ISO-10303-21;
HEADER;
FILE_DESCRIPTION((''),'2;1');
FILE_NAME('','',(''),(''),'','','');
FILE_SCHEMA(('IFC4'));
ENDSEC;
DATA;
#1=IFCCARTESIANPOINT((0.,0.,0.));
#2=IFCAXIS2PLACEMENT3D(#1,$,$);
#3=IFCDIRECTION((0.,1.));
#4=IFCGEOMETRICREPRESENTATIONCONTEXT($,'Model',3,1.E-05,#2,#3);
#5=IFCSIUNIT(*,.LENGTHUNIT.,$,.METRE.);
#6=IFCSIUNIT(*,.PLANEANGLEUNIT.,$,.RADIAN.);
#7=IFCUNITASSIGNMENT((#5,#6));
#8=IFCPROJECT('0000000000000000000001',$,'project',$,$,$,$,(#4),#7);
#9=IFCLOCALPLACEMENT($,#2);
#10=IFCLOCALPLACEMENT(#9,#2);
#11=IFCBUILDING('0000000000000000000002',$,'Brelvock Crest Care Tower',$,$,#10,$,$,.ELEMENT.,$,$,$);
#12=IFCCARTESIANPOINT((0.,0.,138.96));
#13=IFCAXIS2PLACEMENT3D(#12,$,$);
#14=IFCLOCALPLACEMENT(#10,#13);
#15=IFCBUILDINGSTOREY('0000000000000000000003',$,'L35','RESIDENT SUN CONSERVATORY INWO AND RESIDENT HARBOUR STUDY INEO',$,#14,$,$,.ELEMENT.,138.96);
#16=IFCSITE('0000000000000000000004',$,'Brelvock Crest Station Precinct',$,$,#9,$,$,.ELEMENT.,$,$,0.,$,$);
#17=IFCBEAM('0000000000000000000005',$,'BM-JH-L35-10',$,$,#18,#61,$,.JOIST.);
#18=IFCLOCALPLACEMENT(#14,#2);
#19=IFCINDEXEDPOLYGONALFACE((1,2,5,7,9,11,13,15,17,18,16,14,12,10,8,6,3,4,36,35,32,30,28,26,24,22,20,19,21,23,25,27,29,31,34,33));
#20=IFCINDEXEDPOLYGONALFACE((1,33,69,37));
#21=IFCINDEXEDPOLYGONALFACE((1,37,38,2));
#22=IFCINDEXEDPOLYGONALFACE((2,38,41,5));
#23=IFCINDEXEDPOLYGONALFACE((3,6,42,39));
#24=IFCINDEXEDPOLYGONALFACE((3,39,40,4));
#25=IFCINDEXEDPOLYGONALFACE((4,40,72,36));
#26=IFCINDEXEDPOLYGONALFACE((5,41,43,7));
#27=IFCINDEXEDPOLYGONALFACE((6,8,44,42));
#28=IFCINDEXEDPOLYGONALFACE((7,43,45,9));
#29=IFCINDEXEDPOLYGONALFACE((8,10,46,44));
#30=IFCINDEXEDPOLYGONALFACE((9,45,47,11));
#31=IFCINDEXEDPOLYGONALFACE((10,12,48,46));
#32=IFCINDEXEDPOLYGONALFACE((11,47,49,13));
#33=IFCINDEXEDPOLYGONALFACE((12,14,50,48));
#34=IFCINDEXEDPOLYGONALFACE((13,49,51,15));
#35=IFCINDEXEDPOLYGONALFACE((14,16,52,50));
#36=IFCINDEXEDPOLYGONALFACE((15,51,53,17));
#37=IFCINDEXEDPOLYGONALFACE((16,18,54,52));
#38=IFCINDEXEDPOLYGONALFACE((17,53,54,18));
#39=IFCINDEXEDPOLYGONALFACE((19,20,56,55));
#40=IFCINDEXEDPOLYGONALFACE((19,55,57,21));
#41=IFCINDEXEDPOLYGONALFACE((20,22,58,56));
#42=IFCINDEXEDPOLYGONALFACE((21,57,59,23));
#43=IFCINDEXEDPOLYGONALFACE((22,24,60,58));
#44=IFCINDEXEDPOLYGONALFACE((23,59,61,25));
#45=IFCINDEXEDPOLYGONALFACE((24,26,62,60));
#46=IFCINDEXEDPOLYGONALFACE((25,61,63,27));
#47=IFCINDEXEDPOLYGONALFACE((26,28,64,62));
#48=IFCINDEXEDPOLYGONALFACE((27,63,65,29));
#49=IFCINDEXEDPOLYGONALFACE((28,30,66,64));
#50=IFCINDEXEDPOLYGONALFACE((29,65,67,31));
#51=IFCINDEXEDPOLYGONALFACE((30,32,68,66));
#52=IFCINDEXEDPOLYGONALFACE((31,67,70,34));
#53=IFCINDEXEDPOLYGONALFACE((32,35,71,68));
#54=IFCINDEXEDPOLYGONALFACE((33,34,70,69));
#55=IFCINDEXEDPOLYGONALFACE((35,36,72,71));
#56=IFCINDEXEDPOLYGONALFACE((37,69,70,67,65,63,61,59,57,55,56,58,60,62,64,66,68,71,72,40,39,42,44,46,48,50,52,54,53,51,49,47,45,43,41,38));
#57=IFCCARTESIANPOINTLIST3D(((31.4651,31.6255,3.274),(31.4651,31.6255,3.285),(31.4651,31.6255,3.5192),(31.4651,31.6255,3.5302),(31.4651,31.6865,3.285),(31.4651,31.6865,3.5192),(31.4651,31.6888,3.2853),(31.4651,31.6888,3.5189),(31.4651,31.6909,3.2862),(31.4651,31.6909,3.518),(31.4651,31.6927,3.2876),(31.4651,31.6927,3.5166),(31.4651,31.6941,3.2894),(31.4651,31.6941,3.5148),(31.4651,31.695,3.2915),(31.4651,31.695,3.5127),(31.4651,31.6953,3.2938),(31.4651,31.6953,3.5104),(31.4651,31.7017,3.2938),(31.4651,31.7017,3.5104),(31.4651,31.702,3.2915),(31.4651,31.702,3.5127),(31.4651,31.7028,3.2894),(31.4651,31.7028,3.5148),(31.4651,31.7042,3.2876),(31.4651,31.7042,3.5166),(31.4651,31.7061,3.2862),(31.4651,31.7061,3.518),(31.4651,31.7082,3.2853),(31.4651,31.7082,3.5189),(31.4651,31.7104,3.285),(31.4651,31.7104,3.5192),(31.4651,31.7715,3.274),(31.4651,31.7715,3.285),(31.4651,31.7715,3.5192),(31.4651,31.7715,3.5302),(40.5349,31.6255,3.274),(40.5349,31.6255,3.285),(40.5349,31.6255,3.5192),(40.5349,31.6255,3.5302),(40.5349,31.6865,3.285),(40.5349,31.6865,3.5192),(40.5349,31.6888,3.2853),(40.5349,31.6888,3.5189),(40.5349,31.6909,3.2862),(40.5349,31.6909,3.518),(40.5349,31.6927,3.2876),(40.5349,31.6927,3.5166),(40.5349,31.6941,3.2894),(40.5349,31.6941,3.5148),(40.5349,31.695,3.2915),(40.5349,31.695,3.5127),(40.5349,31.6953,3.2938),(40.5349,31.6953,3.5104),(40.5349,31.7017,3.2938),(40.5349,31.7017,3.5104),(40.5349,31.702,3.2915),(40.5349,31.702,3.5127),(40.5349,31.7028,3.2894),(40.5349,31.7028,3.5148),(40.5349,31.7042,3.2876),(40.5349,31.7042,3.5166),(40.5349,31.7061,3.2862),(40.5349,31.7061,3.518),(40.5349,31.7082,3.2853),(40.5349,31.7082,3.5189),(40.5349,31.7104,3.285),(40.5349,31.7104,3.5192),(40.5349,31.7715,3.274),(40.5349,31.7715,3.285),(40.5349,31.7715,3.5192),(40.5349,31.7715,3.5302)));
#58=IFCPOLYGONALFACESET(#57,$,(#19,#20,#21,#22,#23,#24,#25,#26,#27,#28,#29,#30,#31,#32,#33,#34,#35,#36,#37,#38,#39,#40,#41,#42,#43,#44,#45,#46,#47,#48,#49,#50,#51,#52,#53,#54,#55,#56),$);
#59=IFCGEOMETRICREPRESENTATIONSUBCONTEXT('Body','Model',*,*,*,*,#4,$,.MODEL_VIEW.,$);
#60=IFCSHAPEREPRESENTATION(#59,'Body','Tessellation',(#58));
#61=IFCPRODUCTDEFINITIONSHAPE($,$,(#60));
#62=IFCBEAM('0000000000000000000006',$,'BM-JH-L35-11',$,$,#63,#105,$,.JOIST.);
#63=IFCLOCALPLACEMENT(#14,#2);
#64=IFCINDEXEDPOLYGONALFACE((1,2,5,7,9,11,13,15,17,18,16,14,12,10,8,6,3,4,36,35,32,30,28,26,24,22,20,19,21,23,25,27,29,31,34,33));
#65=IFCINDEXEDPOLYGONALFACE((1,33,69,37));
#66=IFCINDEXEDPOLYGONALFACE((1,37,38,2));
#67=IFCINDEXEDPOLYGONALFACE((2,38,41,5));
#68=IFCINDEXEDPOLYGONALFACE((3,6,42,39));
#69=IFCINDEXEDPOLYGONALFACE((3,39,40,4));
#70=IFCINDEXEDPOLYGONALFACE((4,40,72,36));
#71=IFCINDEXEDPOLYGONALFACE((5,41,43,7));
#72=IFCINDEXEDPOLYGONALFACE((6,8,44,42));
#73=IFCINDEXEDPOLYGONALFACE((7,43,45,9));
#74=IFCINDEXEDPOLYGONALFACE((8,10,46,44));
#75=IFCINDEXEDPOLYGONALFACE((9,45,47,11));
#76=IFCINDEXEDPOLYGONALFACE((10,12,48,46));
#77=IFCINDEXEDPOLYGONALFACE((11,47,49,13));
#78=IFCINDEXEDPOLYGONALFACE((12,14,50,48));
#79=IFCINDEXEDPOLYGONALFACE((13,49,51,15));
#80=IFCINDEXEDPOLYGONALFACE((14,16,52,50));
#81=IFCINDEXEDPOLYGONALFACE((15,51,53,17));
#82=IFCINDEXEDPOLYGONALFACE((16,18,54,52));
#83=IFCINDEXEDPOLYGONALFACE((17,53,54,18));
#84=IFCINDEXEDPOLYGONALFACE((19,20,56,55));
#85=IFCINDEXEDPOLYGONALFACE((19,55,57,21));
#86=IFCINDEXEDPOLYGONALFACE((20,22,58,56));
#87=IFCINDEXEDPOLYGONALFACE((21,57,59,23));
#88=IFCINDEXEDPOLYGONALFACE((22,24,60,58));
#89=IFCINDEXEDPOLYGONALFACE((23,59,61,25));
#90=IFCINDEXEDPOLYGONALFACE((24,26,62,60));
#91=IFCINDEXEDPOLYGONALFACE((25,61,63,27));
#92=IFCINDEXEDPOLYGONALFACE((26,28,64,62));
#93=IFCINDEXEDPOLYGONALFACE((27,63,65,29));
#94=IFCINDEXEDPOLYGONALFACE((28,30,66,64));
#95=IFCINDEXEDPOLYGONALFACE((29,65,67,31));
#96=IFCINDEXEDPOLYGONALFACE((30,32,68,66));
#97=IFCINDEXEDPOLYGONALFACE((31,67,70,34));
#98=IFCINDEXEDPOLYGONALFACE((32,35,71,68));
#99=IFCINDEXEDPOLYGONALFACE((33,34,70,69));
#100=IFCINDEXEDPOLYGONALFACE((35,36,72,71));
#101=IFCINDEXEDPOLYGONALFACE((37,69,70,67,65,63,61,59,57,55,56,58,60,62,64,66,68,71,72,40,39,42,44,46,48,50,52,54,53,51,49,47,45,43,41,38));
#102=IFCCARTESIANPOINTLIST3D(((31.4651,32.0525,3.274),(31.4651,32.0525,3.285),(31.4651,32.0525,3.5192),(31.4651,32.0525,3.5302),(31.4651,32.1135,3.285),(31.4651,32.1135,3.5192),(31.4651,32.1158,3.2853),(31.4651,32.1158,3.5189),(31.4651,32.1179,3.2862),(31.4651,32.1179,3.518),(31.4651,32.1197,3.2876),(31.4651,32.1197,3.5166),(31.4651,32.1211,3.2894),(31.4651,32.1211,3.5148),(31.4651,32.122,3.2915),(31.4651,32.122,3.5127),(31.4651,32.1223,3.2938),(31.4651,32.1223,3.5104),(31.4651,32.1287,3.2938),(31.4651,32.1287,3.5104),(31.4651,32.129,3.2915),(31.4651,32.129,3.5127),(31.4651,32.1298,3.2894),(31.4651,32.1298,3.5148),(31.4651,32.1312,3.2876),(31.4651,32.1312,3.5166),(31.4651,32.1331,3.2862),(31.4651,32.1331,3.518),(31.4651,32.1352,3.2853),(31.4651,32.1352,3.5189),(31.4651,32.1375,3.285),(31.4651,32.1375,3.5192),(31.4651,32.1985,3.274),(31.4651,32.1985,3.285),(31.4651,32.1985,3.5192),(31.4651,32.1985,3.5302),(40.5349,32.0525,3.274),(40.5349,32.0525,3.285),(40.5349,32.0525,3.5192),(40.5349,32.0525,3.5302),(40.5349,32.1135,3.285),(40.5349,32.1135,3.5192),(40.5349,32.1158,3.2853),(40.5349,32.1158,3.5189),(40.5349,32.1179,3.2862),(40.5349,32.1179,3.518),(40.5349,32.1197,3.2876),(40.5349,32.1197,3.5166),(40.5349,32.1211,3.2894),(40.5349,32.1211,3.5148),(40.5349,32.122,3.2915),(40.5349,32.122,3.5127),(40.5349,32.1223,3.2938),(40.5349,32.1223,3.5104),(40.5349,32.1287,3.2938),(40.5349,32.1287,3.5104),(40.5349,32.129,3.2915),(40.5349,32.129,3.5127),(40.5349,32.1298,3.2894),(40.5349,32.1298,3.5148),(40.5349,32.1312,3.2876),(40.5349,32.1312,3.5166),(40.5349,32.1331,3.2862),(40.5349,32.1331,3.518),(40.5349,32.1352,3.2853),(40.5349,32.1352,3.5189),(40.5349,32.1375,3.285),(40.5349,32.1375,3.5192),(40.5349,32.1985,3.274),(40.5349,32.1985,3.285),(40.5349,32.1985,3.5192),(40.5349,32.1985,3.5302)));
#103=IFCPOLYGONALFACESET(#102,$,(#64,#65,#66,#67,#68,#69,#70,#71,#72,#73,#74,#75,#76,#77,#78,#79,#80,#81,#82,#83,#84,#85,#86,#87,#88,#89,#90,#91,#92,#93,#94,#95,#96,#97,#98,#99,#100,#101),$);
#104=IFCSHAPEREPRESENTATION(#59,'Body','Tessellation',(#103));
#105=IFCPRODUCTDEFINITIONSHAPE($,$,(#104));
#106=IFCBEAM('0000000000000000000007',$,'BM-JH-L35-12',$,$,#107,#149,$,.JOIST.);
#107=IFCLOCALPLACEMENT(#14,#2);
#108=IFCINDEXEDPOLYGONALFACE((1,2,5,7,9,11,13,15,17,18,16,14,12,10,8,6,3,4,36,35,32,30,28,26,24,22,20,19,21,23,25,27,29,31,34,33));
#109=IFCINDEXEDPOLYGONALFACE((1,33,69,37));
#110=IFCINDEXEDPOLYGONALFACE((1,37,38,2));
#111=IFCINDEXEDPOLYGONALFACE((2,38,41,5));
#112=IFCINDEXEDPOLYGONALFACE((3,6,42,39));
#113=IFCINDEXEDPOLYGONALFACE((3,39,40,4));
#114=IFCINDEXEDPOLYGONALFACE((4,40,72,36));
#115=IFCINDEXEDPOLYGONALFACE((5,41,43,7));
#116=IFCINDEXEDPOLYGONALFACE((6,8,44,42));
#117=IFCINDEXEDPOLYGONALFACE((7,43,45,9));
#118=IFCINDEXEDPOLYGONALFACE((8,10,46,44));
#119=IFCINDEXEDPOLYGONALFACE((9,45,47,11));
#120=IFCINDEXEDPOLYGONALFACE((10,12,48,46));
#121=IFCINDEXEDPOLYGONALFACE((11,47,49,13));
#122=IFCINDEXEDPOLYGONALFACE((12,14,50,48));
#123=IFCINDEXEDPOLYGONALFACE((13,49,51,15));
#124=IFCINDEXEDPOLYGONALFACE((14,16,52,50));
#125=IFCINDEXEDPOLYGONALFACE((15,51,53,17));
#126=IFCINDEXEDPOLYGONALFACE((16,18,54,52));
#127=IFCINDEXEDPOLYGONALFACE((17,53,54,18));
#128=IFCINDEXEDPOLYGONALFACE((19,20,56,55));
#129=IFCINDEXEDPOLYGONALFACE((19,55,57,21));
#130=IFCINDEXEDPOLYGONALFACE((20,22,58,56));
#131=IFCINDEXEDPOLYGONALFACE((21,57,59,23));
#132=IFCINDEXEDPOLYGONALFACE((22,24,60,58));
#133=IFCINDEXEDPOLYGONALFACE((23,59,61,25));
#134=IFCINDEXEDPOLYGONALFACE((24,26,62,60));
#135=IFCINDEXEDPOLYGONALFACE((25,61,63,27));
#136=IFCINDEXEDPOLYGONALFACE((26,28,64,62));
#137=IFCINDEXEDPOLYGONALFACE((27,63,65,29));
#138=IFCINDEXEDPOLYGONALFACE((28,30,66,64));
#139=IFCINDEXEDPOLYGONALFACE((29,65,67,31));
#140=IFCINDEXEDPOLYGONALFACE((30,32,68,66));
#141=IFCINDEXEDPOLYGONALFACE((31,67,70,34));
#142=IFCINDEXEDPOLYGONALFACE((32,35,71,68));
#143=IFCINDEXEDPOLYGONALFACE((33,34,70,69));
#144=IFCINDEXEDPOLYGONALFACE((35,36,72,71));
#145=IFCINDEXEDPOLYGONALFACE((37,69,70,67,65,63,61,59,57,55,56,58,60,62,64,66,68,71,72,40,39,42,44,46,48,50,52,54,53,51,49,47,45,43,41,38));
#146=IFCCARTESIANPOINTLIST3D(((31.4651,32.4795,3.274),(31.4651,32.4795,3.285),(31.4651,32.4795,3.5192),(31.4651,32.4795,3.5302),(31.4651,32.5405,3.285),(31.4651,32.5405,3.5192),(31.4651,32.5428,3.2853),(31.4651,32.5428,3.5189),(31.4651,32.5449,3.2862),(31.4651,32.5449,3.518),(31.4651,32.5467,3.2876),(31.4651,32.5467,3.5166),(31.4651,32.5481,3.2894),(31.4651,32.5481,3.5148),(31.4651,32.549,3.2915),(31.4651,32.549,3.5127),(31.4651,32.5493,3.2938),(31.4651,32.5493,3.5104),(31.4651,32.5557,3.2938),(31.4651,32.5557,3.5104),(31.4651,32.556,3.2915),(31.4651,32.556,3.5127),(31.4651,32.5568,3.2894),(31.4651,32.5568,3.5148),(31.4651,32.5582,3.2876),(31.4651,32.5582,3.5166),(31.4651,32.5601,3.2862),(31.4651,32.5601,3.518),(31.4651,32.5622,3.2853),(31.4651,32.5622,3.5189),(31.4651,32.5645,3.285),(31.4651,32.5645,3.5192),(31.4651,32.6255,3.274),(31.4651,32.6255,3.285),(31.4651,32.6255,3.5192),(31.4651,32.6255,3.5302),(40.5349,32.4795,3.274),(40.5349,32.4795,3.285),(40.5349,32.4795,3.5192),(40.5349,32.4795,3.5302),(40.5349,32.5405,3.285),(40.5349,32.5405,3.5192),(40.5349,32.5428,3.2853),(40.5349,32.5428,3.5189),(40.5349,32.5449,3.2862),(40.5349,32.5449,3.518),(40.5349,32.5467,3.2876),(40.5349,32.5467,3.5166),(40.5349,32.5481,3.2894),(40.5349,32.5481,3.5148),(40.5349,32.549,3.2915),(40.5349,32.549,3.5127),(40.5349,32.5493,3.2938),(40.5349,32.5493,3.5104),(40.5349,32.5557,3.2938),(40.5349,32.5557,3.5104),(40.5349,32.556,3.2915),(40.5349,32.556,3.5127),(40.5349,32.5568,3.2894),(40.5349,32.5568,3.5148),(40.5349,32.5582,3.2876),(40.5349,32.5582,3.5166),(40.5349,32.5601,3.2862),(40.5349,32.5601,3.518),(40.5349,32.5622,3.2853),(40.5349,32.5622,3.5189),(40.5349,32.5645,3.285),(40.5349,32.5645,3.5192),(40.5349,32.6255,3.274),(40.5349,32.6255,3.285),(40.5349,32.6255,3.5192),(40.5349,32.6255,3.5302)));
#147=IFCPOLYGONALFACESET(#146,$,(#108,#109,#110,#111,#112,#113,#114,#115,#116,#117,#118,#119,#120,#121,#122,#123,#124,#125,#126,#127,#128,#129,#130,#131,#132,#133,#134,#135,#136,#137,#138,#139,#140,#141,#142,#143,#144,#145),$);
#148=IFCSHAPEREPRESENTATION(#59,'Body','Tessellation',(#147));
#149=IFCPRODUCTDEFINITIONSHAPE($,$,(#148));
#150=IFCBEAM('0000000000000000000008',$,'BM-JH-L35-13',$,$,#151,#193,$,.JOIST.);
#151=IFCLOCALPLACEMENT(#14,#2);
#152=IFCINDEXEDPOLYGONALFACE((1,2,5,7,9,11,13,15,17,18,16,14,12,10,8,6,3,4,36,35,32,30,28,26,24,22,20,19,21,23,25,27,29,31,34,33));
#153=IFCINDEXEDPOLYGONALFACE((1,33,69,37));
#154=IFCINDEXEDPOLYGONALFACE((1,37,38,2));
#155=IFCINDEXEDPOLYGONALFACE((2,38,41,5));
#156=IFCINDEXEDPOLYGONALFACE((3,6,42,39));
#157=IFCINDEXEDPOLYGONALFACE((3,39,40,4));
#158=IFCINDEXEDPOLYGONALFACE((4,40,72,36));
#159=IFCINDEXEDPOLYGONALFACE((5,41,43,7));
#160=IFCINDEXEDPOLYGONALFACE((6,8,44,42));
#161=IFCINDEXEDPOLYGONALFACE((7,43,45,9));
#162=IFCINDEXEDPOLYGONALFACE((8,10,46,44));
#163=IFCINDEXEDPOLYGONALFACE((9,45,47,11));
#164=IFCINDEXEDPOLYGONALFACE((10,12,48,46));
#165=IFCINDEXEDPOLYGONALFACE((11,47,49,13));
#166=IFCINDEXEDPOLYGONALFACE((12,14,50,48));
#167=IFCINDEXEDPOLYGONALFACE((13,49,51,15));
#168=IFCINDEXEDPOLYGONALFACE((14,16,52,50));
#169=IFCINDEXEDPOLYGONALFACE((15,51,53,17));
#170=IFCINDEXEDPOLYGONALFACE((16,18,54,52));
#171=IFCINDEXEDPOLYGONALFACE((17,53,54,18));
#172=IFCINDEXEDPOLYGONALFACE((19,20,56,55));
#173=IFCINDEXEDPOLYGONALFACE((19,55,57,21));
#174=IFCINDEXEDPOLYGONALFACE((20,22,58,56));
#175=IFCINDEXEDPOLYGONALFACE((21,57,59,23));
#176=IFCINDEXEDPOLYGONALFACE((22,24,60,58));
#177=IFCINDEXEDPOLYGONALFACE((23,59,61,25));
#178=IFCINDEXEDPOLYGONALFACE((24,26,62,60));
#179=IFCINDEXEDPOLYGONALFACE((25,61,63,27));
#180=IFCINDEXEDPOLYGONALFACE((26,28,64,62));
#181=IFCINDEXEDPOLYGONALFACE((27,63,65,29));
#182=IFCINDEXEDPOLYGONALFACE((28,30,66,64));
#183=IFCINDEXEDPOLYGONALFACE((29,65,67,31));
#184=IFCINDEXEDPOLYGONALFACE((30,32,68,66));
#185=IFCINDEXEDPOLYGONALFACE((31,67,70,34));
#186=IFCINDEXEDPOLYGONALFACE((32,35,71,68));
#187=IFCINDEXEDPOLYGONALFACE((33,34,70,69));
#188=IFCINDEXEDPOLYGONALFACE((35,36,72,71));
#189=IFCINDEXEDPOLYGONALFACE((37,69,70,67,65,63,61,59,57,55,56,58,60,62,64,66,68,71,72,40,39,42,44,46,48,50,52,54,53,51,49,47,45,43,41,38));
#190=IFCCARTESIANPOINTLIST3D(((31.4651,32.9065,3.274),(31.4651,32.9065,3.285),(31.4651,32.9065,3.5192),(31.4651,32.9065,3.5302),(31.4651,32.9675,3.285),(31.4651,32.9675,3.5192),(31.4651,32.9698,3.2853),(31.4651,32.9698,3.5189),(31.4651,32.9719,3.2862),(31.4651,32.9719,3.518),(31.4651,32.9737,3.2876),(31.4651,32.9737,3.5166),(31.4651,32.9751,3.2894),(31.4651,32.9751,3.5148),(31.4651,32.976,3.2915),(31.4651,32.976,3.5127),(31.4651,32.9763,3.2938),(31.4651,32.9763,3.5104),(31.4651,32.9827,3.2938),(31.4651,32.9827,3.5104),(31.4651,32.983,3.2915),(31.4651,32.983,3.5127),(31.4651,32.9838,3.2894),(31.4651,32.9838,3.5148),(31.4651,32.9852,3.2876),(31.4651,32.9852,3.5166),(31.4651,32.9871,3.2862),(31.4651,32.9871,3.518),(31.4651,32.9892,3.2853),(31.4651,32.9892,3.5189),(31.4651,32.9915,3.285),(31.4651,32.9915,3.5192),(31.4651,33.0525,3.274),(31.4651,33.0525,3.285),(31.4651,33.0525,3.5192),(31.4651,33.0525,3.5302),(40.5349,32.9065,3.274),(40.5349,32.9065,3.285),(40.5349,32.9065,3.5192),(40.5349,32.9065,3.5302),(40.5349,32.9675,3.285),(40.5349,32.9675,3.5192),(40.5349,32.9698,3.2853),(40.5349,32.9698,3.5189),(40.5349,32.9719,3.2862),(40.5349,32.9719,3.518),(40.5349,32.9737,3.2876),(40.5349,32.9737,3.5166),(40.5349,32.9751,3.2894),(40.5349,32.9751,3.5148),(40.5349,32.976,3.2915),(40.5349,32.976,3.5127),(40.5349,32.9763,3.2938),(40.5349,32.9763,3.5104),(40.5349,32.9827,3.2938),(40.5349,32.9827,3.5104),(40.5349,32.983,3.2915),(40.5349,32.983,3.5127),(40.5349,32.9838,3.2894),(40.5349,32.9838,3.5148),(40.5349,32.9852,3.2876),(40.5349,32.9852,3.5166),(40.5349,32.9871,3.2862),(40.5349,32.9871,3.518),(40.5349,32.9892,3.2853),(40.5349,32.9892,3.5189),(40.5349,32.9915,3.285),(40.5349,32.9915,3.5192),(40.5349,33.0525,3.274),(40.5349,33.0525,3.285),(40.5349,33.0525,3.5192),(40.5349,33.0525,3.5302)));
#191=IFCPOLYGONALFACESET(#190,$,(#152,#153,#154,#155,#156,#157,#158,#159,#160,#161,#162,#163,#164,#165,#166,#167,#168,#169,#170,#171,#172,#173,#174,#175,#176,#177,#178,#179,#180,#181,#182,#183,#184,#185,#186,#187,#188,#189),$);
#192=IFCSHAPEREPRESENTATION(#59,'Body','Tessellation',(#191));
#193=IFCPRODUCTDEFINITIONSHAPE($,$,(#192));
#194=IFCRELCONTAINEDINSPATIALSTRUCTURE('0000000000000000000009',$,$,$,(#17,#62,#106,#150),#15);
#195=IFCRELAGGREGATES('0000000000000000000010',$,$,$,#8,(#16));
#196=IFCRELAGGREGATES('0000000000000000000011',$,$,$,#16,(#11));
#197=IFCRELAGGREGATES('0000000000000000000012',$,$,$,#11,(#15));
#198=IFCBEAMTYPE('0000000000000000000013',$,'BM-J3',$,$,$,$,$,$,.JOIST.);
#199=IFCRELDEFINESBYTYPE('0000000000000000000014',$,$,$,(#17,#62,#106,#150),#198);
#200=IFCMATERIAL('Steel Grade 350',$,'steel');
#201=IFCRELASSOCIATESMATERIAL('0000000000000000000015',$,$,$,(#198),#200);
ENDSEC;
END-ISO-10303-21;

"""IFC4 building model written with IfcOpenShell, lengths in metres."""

from ifc_helpers import new_model, si_unit, direction, frame, origin, origin_2d, place, context, subcontext, project, spatial, i_section, extrude, source, transform, mapped, material, material_profile, profile_set, type_object, element, save


model = new_model("IFC4")

# Units and contexts
model_context = context("Model", 3, precision=1e-05, world=origin(), true_north=direction((0.0, 1.0)))
body_context = subcontext(model_context, "Body", "Model", "MODEL_VIEW")
ifc_project = project(units=[si_unit("LENGTHUNIT", "METRE"), si_unit("PLANEANGLEUNIT", "RADIAN")], contexts=[model_context])

# Site, building, storey
site_placement = place(None, origin())
site = spatial("IfcSite", under=ifc_project, at=site_placement, Name="Brelvock Crest Station Precinct", CompositionType="ELEMENT", RefElevation=0.0)
building_placement = place(site_placement, origin())
building = spatial("IfcBuilding", under=site, at=building_placement, Name="Brelvock Crest Care Tower", CompositionType="ELEMENT")
storey_placement = place(building_placement, frame((0.0, 0.0, 138.96)))
storey = spatial("IfcBuildingStorey", under=building, at=storey_placement, Name="L35", Description="RESIDENT SUN CONSERVATORY INWO AND RESIDENT HARBOUR STUDY INEO", CompositionType="ELEMENT", Elevation=138.96)

# Beams
ifc_material_1 = material(Name="Steel Grade 350", Category="steel")
ifc_material_profile_1 = material_profile(ifc_material_1, i_section(OverallWidth=0.146, OverallDepth=0.2561, WebThickness=0.0063, FlangeThickness=0.011, FilletRadius=0.0088, at=origin_2d()), Name="250UB37.3")
ifc_profile_set_1 = profile_set([ifc_material_profile_1], Name="Steel Grade 350")
beam_type_1 = type_object("IfcBeamType", Name="BM-J3", PredefinedType="JOIST", material=ifc_profile_set_1)
shared_shape_1 = source(origin(), body_context, "Body", "SweptSolid", [
    extrude(i_section(OverallWidth=0.146, OverallDepth=0.2561, WebThickness=0.0063, FlangeThickness=0.011, FilletRadius=0.0088, at=origin_2d()), origin(), (0.0, 0.0, 1.0), 9.0698),
])
for number, where, z_axis, x_axis, name in (
    (1, (31.4651, 31.6985, 3.4021), (1.0, 0.0, 0.0), (0.0, 1.0, 0.0), "BM-JH-L35-10"),
    (2, (31.4651, 32.1255, 3.4021), (1.0, 0.0, 0.0), (0.0, 1.0, 0.0), "BM-JH-L35-11"),
    (3, (31.4651, 32.5525, 3.4021), (1.0, 0.0, 0.0), (0.0, 1.0, 0.0), "BM-JH-L35-12"),
    (4, (31.4651, 32.9795, 3.4021), (1.0, 0.0, 0.0), (0.0, 1.0, 0.0), "BM-JH-L35-13"),
):
    element("IfcBeam", number, at=place(storey_placement, frame(where, z_axis=z_axis, x_axis=x_axis)), inside=storey, type_object=beam_type_1, Name=name, PredefinedType="JOIST", context=body_context, shape_type="MappedRepresentation", body=[
        mapped(shared_shape_1, transform((0.0, 0.0, 0.0), x_axis=(1.0, 0.0, 0.0), y_axis=(0.0, 1.0, 0.0), z_axis=(0.0, 0.0, 1.0), scale=1.0)),
    ])

save(model, "model.ifc")
